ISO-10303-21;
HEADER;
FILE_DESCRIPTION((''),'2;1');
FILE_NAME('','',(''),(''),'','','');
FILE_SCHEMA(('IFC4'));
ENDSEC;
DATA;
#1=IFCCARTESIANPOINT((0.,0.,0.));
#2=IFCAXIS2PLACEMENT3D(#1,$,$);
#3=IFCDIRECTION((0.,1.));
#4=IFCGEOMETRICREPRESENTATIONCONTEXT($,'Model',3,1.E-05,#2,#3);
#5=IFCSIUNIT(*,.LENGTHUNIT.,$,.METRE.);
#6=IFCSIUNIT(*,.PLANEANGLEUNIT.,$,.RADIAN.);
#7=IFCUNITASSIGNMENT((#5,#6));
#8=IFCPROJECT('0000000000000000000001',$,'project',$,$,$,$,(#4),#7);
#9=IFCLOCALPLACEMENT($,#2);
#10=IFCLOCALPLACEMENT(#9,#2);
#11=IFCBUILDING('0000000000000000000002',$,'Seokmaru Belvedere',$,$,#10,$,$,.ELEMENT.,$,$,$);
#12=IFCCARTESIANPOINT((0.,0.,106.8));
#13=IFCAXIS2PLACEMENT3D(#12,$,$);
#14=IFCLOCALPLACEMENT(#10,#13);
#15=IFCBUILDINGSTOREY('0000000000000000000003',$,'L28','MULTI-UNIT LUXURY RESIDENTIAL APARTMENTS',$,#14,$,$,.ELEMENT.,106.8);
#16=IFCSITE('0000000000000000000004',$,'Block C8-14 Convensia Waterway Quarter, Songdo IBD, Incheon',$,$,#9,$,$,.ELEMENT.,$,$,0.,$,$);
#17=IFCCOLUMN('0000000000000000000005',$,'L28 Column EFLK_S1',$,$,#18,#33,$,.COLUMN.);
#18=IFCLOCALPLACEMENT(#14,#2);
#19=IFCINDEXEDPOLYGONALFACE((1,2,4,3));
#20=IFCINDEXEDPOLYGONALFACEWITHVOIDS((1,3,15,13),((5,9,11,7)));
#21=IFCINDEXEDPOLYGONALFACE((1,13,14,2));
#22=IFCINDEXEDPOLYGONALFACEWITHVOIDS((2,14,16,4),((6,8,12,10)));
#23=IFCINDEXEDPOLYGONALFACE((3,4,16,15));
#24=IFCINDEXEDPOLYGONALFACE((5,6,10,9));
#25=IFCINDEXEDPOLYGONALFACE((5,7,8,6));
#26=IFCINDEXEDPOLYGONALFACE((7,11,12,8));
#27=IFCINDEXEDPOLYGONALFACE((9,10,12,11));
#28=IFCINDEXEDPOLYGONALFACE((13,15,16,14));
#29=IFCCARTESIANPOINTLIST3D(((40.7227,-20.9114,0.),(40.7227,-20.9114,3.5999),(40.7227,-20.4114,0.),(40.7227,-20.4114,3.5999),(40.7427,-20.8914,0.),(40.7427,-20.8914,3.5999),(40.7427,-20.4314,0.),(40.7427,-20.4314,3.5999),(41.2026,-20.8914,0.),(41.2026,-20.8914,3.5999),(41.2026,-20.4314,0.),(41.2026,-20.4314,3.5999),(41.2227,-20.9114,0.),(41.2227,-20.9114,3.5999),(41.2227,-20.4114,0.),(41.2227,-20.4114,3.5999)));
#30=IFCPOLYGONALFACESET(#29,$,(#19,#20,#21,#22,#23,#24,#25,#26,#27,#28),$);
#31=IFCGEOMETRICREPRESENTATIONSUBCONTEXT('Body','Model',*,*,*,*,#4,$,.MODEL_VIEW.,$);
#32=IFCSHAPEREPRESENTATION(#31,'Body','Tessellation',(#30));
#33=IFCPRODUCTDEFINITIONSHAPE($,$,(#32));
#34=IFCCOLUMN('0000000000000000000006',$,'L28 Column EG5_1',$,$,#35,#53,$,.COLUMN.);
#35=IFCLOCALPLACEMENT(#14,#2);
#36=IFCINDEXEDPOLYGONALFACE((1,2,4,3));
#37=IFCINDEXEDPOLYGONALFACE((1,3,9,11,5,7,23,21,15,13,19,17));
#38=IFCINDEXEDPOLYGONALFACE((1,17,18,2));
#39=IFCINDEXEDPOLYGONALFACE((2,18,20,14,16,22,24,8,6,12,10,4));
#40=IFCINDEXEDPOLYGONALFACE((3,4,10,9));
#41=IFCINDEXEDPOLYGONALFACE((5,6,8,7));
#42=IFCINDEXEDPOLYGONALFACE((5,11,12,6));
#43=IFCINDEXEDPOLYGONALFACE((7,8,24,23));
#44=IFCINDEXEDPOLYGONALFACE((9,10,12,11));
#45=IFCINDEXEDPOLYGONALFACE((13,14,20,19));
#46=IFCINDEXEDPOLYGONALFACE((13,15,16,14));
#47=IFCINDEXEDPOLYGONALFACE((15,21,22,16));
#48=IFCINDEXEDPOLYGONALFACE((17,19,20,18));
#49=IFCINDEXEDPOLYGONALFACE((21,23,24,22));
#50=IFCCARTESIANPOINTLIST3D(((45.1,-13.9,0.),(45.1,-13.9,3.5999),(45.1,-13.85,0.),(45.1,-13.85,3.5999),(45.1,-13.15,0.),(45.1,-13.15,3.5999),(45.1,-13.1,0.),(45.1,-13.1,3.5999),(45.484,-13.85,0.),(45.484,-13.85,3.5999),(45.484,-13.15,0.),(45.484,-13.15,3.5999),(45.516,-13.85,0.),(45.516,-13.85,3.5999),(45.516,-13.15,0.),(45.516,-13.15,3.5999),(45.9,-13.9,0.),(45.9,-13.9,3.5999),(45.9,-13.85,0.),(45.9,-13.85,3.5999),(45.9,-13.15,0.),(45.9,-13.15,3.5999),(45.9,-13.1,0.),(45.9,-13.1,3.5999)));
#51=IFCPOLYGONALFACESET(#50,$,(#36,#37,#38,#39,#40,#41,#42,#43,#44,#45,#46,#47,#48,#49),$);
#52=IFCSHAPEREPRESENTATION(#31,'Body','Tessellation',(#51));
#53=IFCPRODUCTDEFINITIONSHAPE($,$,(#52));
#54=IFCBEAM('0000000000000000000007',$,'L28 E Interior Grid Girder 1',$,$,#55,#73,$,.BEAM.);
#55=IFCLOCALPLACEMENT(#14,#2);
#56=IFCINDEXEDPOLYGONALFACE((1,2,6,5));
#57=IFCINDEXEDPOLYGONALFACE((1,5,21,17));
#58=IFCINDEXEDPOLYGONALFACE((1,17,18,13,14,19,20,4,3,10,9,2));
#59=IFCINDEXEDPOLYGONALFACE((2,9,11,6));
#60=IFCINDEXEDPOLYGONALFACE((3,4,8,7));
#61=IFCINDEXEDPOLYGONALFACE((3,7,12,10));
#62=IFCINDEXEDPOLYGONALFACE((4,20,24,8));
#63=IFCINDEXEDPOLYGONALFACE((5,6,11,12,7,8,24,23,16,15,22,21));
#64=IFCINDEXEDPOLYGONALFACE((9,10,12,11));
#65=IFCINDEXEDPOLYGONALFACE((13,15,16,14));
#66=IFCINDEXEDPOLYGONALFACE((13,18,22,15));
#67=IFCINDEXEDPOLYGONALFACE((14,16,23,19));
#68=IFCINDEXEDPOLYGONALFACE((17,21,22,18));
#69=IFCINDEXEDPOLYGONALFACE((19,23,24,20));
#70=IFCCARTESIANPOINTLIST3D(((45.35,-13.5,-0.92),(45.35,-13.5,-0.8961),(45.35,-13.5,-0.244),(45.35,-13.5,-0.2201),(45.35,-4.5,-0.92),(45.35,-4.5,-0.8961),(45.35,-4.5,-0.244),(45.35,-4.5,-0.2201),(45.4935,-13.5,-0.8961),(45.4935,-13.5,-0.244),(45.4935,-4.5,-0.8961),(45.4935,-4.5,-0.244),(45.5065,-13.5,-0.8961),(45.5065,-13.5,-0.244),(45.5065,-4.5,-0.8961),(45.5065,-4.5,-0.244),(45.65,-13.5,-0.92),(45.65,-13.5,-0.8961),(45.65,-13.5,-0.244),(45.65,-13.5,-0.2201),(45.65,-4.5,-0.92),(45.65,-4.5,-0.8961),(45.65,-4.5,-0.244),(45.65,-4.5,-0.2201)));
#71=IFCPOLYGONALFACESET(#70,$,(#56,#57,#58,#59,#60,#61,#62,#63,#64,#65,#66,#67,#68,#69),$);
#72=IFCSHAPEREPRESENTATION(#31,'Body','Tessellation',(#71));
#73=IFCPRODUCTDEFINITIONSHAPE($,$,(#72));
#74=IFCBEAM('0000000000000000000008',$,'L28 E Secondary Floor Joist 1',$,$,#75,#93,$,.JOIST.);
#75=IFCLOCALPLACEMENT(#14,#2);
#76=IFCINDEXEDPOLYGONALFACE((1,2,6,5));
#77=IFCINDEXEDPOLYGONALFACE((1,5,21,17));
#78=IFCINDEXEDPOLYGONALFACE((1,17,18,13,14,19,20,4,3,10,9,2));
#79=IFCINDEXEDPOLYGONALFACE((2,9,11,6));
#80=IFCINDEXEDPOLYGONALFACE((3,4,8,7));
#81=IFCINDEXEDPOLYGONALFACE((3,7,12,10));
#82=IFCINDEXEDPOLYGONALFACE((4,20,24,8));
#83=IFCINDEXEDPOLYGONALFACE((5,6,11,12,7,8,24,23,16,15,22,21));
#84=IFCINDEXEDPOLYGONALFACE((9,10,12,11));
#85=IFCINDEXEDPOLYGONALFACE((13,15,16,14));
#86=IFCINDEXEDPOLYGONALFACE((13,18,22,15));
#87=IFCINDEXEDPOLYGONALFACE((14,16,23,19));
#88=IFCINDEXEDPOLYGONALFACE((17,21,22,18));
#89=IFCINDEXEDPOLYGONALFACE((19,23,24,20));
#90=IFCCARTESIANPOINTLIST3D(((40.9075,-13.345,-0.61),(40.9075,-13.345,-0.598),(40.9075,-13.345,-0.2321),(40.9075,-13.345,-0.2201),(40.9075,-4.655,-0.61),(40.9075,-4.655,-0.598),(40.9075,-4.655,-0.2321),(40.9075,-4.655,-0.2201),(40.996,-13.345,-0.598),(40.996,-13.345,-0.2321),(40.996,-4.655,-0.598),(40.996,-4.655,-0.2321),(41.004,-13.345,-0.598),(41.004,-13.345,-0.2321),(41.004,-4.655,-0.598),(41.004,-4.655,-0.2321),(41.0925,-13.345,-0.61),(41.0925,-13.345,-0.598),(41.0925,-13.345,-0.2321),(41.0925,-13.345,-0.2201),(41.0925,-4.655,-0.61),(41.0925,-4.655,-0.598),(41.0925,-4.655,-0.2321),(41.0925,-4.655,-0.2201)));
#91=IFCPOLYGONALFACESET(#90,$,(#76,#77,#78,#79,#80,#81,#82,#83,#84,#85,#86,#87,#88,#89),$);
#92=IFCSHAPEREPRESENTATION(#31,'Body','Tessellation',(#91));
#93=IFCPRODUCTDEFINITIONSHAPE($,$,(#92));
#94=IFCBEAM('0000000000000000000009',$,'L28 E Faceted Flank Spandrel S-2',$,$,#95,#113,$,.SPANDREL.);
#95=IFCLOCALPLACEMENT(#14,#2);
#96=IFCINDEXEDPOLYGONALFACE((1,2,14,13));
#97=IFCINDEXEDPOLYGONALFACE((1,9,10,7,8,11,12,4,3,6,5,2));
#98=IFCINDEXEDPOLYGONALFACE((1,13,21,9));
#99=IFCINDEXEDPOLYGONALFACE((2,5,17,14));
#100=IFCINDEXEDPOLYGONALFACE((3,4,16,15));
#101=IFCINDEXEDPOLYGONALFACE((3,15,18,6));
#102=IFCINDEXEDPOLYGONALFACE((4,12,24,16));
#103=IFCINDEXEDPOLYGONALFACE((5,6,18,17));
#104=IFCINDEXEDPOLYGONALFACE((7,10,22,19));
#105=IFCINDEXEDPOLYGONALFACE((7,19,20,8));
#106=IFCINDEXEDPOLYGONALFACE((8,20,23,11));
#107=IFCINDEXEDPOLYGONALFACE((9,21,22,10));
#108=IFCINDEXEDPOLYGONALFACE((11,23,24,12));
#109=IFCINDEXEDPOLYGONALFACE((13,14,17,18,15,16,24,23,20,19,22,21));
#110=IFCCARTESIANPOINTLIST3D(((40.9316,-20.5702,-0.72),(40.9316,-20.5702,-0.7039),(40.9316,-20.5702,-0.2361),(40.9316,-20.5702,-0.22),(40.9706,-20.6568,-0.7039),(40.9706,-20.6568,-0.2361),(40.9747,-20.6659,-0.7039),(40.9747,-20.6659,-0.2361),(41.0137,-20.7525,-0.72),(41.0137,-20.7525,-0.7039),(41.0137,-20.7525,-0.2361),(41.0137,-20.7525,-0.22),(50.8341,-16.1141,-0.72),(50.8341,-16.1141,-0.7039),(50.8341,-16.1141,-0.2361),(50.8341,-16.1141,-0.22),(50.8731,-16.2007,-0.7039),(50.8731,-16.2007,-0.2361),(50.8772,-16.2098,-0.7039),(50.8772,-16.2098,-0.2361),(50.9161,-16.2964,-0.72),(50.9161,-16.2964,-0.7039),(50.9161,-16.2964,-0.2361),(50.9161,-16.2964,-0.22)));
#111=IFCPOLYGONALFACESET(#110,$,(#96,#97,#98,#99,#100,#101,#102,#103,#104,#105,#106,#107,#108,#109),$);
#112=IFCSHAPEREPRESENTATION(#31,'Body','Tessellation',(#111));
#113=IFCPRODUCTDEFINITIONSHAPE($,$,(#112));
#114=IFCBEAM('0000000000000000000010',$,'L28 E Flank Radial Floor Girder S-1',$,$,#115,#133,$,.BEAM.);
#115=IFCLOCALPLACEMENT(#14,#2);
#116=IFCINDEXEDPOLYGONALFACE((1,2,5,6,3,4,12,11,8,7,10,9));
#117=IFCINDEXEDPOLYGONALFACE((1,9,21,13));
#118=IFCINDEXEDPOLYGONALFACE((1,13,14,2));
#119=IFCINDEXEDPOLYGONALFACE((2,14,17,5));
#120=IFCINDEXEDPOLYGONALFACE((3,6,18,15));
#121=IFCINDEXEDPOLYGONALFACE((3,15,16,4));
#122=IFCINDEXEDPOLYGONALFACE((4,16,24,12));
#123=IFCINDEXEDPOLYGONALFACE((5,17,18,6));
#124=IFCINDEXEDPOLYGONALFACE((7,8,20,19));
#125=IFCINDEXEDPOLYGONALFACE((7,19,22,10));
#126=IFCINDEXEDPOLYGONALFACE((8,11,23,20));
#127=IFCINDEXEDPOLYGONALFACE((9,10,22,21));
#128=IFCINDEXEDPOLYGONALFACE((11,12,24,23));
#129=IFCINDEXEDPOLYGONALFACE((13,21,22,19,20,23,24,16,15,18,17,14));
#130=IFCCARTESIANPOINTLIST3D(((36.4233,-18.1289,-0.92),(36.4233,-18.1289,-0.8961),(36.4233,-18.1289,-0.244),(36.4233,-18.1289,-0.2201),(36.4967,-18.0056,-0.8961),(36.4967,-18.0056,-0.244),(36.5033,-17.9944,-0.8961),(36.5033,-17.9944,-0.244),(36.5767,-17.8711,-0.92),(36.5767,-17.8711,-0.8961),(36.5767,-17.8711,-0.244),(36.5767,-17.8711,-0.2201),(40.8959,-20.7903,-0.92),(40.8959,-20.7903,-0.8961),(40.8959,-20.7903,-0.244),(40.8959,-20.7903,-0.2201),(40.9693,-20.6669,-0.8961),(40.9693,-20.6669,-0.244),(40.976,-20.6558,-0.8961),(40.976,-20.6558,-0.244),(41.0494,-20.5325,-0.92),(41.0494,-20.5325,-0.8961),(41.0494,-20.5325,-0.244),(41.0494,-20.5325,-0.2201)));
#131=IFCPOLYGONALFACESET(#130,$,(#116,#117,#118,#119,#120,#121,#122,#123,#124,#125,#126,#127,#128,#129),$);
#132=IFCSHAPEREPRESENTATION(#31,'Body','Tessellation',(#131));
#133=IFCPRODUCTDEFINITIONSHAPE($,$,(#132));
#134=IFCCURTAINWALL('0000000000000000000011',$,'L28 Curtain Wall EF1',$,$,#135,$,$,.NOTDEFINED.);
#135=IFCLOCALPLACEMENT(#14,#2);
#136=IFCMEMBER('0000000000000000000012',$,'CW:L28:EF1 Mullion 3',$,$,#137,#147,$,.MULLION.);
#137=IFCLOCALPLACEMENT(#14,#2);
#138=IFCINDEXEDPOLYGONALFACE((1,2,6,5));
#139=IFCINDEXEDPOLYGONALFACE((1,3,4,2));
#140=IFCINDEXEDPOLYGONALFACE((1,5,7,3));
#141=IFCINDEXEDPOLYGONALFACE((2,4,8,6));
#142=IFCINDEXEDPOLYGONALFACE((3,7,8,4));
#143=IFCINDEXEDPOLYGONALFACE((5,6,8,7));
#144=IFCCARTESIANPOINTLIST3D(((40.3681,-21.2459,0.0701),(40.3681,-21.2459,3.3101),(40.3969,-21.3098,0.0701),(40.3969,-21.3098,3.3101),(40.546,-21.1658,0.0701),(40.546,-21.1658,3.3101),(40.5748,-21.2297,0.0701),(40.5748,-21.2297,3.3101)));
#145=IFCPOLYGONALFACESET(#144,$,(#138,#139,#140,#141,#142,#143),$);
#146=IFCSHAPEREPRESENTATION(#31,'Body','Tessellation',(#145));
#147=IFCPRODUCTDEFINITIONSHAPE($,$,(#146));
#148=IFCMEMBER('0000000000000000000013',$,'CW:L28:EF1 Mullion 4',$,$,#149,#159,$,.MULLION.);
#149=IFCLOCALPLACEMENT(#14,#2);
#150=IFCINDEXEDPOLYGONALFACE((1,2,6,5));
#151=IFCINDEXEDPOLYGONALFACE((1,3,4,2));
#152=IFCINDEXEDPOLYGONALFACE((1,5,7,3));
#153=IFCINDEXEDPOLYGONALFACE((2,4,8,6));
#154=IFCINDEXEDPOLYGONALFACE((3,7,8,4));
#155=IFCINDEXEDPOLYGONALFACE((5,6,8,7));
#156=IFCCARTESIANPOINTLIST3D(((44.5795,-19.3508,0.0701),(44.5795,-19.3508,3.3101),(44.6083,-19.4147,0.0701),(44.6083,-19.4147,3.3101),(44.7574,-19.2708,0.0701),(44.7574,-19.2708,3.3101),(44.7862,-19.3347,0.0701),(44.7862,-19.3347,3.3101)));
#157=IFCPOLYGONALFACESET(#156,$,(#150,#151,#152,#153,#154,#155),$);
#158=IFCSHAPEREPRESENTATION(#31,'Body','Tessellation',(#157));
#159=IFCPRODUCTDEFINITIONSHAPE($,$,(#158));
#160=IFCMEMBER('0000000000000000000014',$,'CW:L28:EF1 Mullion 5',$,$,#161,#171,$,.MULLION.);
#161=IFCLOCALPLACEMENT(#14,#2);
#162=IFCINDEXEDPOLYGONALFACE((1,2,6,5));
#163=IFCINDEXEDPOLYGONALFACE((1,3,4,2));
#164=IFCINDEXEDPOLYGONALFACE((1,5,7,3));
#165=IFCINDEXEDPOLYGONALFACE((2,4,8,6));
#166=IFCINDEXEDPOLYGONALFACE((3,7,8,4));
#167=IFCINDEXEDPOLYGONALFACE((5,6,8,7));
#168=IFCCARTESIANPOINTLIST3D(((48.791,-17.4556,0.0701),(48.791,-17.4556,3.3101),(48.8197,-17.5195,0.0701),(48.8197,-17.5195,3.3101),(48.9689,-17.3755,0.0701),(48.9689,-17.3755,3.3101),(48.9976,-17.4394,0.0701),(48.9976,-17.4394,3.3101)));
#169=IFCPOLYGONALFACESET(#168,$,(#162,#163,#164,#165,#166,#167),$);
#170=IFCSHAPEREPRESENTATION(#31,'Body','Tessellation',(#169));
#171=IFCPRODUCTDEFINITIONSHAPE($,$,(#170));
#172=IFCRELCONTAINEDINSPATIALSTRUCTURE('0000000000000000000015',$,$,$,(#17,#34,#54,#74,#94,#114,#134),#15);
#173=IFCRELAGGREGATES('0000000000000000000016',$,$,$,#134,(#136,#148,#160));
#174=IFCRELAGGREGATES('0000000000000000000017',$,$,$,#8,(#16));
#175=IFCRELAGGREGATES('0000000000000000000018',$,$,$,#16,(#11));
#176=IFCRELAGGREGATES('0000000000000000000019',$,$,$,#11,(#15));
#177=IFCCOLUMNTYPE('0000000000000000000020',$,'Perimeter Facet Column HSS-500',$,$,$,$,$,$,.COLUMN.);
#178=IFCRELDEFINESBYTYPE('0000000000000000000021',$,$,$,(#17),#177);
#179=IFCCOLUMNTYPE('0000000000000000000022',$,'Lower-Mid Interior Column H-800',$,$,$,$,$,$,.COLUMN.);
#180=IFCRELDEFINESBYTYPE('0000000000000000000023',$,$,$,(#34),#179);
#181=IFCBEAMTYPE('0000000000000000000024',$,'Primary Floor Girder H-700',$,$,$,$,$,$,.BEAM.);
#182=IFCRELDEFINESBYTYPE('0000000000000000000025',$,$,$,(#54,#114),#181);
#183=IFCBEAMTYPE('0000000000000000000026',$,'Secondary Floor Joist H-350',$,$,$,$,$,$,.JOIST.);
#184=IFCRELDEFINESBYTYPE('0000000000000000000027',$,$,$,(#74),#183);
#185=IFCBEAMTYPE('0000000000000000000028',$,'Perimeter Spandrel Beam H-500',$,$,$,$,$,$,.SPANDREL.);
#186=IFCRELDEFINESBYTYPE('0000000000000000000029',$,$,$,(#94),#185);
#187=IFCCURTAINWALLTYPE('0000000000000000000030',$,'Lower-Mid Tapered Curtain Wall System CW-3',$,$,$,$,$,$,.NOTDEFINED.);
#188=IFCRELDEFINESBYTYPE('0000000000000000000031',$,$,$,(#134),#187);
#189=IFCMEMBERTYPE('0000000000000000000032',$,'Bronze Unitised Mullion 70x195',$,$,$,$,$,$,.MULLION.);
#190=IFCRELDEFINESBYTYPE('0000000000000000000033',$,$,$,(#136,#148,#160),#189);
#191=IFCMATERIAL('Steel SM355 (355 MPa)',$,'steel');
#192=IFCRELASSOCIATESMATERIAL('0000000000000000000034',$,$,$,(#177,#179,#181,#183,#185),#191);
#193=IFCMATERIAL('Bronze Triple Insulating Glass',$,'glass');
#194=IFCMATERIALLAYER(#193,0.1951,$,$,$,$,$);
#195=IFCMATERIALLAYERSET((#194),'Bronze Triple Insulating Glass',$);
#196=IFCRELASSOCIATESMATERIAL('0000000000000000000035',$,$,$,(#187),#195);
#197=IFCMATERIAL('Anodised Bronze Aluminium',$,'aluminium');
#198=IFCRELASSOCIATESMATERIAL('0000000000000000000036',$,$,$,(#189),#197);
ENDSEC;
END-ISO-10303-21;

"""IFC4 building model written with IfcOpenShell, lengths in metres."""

from ifc_helpers import new_model, si_unit, direction, frame, origin, origin_2d, place, context, subcontext, project, spatial, rectangle, hollow_rectangle, i_section, extrude, source, transform, mapped, material, layer, layer_set, material_profile, profile_set, type_object, type_shapes, element, aggregate, save


model = new_model("IFC4")

# Units and contexts
model_context = context("Model", 3, precision=1e-05, world=origin(), true_north=direction((0.0, 1.0)))
body_context = subcontext(model_context, "Body", "Model", "MODEL_VIEW")
ifc_project = project(units=[si_unit("LENGTHUNIT", "METRE"), si_unit("PLANEANGLEUNIT", "RADIAN")], contexts=[model_context])

# Site, building, storey
site_placement = place(None, origin())
site = spatial("IfcSite", under=ifc_project, at=site_placement, Name="Block C8-14 Convensia Waterway Quarter, Songdo IBD, Incheon", CompositionType="ELEMENT", RefElevation=0.0)
building_placement = place(site_placement, origin())
building = spatial("IfcBuilding", under=site, at=building_placement, Name="Seokmaru Belvedere", CompositionType="ELEMENT")
storey_placement = place(building_placement, frame((0.0, 0.0, 106.8)))
storey = spatial("IfcBuildingStorey", under=building, at=storey_placement, Name="L28", Description="MULTI-UNIT LUXURY RESIDENTIAL APARTMENTS", CompositionType="ELEMENT", Elevation=106.8)

# Columns
ifc_material_1 = material(Name="Steel SM355 (355 MPa)", Category="steel")
ifc_material_profile_1 = material_profile(ifc_material_1, hollow_rectangle(XDim=0.5, YDim=0.5, WallThickness=0.02, at=origin_2d()), Name="HSS-500x500x20")
ifc_profile_set_1 = profile_set([ifc_material_profile_1], Name="Steel SM355 (355 MPa)")
column_type_1 = type_object("IfcColumnType", Name="Perimeter Facet Column HSS-500", PredefinedType="COLUMN", material=ifc_profile_set_1)
shared_shape_1 = source(origin(), body_context, "Body", "SweptSolid", [
    extrude(hollow_rectangle(XDim=0.5, YDim=0.5, WallThickness=0.02, at=origin_2d()), origin(), (0.0, 0.0, 1.0), 3.5999),
])
type_shapes(column_type_1, [shared_shape_1])
column_1_placement = place(storey_placement, frame((40.9727, -20.6614, 0.0), z_axis=(0.0, 0.0, 1.0), x_axis=(1.0, 0.0, 0.0)))
element("IfcColumn", 1, at=column_1_placement, inside=storey, type_object=column_type_1, Name="L28 Column EFLK_S1", PredefinedType="COLUMN", context=body_context, shape_type="MappedRepresentation", body=[
    mapped(shared_shape_1, transform((0.0, 0.0, 0.0), scale=1.0)),
])
ifc_material_profile_2 = material_profile(ifc_material_1, i_section(OverallWidth=0.8, OverallDepth=0.8, WebThickness=0.032, FlangeThickness=0.05, at=origin_2d()), Name="H-800x800x32x50")
ifc_profile_set_2 = profile_set([ifc_material_profile_2], Name="Steel SM355 (355 MPa)")
column_type_2 = type_object("IfcColumnType", Name="Lower-Mid Interior Column H-800", PredefinedType="COLUMN", material=ifc_profile_set_2)
shared_shape_2 = source(origin(), body_context, "Body", "SweptSolid", [
    extrude(i_section(OverallWidth=0.8, OverallDepth=0.8, WebThickness=0.032, FlangeThickness=0.05, at=origin_2d()), origin(), (0.0, 0.0, 1.0), 3.5999),
])
type_shapes(column_type_2, [shared_shape_2])
column_2_placement = place(storey_placement, frame((45.5, -13.5, 0.0), z_axis=(0.0, 0.0, 1.0), x_axis=(1.0, 0.0, 0.0)))
element("IfcColumn", 2, at=column_2_placement, inside=storey, type_object=column_type_2, Name="L28 Column EG5_1", PredefinedType="COLUMN", context=body_context, shape_type="MappedRepresentation", body=[
    mapped(shared_shape_2, transform((0.0, 0.0, 0.0), scale=1.0)),
])

# Beams
ifc_material_profile_3 = material_profile(ifc_material_1, i_section(OverallWidth=0.3, OverallDepth=0.7, WebThickness=0.0129, FlangeThickness=0.0239, at=origin_2d()), Name="H-700x300x13x24")
ifc_profile_set_3 = profile_set([ifc_material_profile_3], Name="Steel SM355 (355 MPa)")
beam_type_1 = type_object("IfcBeamType", Name="Primary Floor Girder H-700", PredefinedType="BEAM", material=ifc_profile_set_3)
shared_shape_3 = source(origin(), body_context, "Body", "SweptSolid", [
    extrude(i_section(OverallWidth=0.3, OverallDepth=0.7, WebThickness=0.0129, FlangeThickness=0.0239, at=origin_2d()), origin(), (0.0, 0.0, 1.0), 9.0),
])
beam_1_placement = place(storey_placement, frame((45.5, -13.5, -0.5701), z_axis=(0.0, 1.0, 0.0), x_axis=(-1.0, 0.0, 0.0)))
element("IfcBeam", 3, at=beam_1_placement, inside=storey, type_object=beam_type_1, Name="L28 E Interior Grid Girder 1", PredefinedType="BEAM", context=body_context, shape_type="MappedRepresentation", body=[
    mapped(shared_shape_3, transform((0.0, 0.0, 0.0), scale=1.0)),
])
ifc_material_profile_4 = material_profile(ifc_material_1, i_section(OverallWidth=0.1851, OverallDepth=0.3899, WebThickness=0.0081, FlangeThickness=0.012, at=origin_2d()), Name="H-390x185x8x12")
ifc_profile_set_4 = profile_set([ifc_material_profile_4], Name="Steel SM355 (355 MPa)")
beam_type_2 = type_object("IfcBeamType", Name="Secondary Floor Joist H-350", PredefinedType="JOIST", material=ifc_profile_set_4)
shared_shape_4 = source(origin(), body_context, "Body", "SweptSolid", [
    extrude(i_section(OverallWidth=0.1851, OverallDepth=0.3899, WebThickness=0.0081, FlangeThickness=0.012, at=origin_2d()), origin(), (0.0, 0.0, 1.0), 8.6899),
])
type_shapes(beam_type_2, [shared_shape_4])
beam_2_placement = place(storey_placement, frame((41.0, -13.345, -0.415), z_axis=(0.0, 1.0, 0.0), x_axis=(-1.0, 0.0, 0.0)))
element("IfcBeam", 4, at=beam_2_placement, inside=storey, type_object=beam_type_2, Name="L28 E Secondary Floor Joist 1", PredefinedType="JOIST", context=body_context, shape_type="MappedRepresentation", body=[
    mapped(shared_shape_4, transform((0.0, 0.0, 0.0), scale=1.0)),
])
ifc_material_profile_5 = material_profile(ifc_material_1, i_section(OverallWidth=0.2, OverallDepth=0.5, WebThickness=0.01, FlangeThickness=0.0161, at=origin_2d()), Name="H-500x200x10x16")
ifc_profile_set_5 = profile_set([ifc_material_profile_5], Name="Steel SM355 (355 MPa)")
beam_type_3 = type_object("IfcBeamType", Name="Perimeter Spandrel Beam H-500", PredefinedType="SPANDREL", material=ifc_profile_set_5)
shared_shape_5 = source(origin(), body_context, "Body", "SweptSolid", [
    extrude(i_section(OverallWidth=0.2, OverallDepth=0.5, WebThickness=0.01, FlangeThickness=0.0161, at=origin_2d()), origin(), (0.0, 0.0, 1.0), 10.8589),
])
type_shapes(beam_type_3, [shared_shape_5])
beam_3_placement = place(storey_placement, frame((40.9727, -20.6614, -0.47), z_axis=(0.911922, 0.410365, 0.0), x_axis=(-0.410365, 0.911922, 0.0)))
element("IfcBeam", 5, at=beam_3_placement, inside=storey, type_object=beam_type_3, Name="L28 E Faceted Flank Spandrel S-2", PredefinedType="SPANDREL", context=body_context, shape_type="MappedRepresentation", body=[
    mapped(shared_shape_5, transform((0.0, 0.0, 0.0), scale=1.0)),
])
shared_shape_6 = source(origin(), body_context, "Body", "SweptSolid", [
    extrude(i_section(OverallWidth=0.3, OverallDepth=0.7, WebThickness=0.0129, FlangeThickness=0.0239, at=origin_2d()), origin(), (0.0, 0.0, 1.0), 5.2046),
])
type_shapes(beam_type_1, [shared_shape_3, shared_shape_6])
beam_4_placement = place(storey_placement, frame((40.9727, -20.6614, -0.5701), z_axis=(-0.85937, 0.511354, 0.0), x_axis=(-0.511354, -0.85937, 0.0)))
element("IfcBeam", 6, at=beam_4_placement, inside=storey, type_object=beam_type_1, Name="L28 E Flank Radial Floor Girder S-1", PredefinedType="BEAM", context=body_context, shape_type="MappedRepresentation", body=[
    mapped(shared_shape_6, transform((0.0, 0.0, 0.0), scale=1.0)),
])

# Curtain wall, members
ifc_material_2 = material(Name="Bronze Triple Insulating Glass", Category="glass")
ifc_layer_1 = layer(ifc_material_2, 0.1951)
ifc_layer_set_1 = layer_set([ifc_layer_1], Name="Bronze Triple Insulating Glass")
curtain_wall_type = type_object("IfcCurtainWallType", Name="Lower-Mid Tapered Curtain Wall System CW-3", PredefinedType="NOTDEFINED", material=ifc_layer_set_1)
curtain_wall_placement = place(storey_placement, origin())
curtain_wall = element("IfcCurtainWall", 7, at=curtain_wall_placement, inside=storey, type_object=curtain_wall_type, Name="L28 Curtain Wall EF1", PredefinedType="NOTDEFINED")
ifc_material_3 = material(Name="Anodised Bronze Aluminium", Category="aluminium")
ifc_material_profile_6 = material_profile(ifc_material_3, rectangle(XDim=0.0701, YDim=0.1951, at=origin_2d()), Name="CW-M-70x195")
ifc_profile_set_6 = profile_set([ifc_material_profile_6], Name="Anodised Bronze Aluminium")
member_type = type_object("IfcMemberType", Name="Bronze Unitised Mullion 70x195", PredefinedType="MULLION", material=ifc_profile_set_6)
shared_shape_7 = source(origin(), body_context, "Body", "SweptSolid", [
    extrude(rectangle(XDim=0.0701, YDim=0.1951, at=origin_2d()), origin(), (0.0, 0.0, 1.0), 3.24),
])
type_shapes(member_type, [shared_shape_7])
member_1_placement = place(storey_placement, frame((40.4714, -21.2378, 0.0701), z_axis=(0.0, 0.0, 1.0), x_axis=(-0.410366, 0.911921, 0.0)))
member_1 = element("IfcMember", 8, at=member_1_placement, type_object=member_type, Name="CW:L28:EF1 Mullion 3", PredefinedType="MULLION", context=body_context, shape_type="MappedRepresentation", body=[
    mapped(shared_shape_7, transform((0.0, 0.0, 0.0), scale=1.0)),
])
member_2_placement = place(storey_placement, frame((44.6829, -19.3428, 0.0701), z_axis=(0.0, 0.0, 1.0), x_axis=(-0.410366, 0.911921, 0.0)))
member_2 = element("IfcMember", 9, at=member_2_placement, type_object=member_type, Name="CW:L28:EF1 Mullion 4", PredefinedType="MULLION", context=body_context, shape_type="MappedRepresentation", body=[
    mapped(shared_shape_7, transform((0.0, 0.0, 0.0), scale=1.0)),
])
member_3_placement = place(storey_placement, frame((48.8943, -17.4475, 0.0701), z_axis=(0.0, 0.0, 1.0), x_axis=(-0.410366, 0.911921, 0.0)))
member_3 = element("IfcMember", 10, at=member_3_placement, type_object=member_type, Name="CW:L28:EF1 Mullion 5", PredefinedType="MULLION", context=body_context, shape_type="MappedRepresentation", body=[
    mapped(shared_shape_7, transform((0.0, 0.0, 0.0), scale=1.0)),
])
aggregate(curtain_wall, [member_1, member_2, member_3])

save(model, "model.ifc")
